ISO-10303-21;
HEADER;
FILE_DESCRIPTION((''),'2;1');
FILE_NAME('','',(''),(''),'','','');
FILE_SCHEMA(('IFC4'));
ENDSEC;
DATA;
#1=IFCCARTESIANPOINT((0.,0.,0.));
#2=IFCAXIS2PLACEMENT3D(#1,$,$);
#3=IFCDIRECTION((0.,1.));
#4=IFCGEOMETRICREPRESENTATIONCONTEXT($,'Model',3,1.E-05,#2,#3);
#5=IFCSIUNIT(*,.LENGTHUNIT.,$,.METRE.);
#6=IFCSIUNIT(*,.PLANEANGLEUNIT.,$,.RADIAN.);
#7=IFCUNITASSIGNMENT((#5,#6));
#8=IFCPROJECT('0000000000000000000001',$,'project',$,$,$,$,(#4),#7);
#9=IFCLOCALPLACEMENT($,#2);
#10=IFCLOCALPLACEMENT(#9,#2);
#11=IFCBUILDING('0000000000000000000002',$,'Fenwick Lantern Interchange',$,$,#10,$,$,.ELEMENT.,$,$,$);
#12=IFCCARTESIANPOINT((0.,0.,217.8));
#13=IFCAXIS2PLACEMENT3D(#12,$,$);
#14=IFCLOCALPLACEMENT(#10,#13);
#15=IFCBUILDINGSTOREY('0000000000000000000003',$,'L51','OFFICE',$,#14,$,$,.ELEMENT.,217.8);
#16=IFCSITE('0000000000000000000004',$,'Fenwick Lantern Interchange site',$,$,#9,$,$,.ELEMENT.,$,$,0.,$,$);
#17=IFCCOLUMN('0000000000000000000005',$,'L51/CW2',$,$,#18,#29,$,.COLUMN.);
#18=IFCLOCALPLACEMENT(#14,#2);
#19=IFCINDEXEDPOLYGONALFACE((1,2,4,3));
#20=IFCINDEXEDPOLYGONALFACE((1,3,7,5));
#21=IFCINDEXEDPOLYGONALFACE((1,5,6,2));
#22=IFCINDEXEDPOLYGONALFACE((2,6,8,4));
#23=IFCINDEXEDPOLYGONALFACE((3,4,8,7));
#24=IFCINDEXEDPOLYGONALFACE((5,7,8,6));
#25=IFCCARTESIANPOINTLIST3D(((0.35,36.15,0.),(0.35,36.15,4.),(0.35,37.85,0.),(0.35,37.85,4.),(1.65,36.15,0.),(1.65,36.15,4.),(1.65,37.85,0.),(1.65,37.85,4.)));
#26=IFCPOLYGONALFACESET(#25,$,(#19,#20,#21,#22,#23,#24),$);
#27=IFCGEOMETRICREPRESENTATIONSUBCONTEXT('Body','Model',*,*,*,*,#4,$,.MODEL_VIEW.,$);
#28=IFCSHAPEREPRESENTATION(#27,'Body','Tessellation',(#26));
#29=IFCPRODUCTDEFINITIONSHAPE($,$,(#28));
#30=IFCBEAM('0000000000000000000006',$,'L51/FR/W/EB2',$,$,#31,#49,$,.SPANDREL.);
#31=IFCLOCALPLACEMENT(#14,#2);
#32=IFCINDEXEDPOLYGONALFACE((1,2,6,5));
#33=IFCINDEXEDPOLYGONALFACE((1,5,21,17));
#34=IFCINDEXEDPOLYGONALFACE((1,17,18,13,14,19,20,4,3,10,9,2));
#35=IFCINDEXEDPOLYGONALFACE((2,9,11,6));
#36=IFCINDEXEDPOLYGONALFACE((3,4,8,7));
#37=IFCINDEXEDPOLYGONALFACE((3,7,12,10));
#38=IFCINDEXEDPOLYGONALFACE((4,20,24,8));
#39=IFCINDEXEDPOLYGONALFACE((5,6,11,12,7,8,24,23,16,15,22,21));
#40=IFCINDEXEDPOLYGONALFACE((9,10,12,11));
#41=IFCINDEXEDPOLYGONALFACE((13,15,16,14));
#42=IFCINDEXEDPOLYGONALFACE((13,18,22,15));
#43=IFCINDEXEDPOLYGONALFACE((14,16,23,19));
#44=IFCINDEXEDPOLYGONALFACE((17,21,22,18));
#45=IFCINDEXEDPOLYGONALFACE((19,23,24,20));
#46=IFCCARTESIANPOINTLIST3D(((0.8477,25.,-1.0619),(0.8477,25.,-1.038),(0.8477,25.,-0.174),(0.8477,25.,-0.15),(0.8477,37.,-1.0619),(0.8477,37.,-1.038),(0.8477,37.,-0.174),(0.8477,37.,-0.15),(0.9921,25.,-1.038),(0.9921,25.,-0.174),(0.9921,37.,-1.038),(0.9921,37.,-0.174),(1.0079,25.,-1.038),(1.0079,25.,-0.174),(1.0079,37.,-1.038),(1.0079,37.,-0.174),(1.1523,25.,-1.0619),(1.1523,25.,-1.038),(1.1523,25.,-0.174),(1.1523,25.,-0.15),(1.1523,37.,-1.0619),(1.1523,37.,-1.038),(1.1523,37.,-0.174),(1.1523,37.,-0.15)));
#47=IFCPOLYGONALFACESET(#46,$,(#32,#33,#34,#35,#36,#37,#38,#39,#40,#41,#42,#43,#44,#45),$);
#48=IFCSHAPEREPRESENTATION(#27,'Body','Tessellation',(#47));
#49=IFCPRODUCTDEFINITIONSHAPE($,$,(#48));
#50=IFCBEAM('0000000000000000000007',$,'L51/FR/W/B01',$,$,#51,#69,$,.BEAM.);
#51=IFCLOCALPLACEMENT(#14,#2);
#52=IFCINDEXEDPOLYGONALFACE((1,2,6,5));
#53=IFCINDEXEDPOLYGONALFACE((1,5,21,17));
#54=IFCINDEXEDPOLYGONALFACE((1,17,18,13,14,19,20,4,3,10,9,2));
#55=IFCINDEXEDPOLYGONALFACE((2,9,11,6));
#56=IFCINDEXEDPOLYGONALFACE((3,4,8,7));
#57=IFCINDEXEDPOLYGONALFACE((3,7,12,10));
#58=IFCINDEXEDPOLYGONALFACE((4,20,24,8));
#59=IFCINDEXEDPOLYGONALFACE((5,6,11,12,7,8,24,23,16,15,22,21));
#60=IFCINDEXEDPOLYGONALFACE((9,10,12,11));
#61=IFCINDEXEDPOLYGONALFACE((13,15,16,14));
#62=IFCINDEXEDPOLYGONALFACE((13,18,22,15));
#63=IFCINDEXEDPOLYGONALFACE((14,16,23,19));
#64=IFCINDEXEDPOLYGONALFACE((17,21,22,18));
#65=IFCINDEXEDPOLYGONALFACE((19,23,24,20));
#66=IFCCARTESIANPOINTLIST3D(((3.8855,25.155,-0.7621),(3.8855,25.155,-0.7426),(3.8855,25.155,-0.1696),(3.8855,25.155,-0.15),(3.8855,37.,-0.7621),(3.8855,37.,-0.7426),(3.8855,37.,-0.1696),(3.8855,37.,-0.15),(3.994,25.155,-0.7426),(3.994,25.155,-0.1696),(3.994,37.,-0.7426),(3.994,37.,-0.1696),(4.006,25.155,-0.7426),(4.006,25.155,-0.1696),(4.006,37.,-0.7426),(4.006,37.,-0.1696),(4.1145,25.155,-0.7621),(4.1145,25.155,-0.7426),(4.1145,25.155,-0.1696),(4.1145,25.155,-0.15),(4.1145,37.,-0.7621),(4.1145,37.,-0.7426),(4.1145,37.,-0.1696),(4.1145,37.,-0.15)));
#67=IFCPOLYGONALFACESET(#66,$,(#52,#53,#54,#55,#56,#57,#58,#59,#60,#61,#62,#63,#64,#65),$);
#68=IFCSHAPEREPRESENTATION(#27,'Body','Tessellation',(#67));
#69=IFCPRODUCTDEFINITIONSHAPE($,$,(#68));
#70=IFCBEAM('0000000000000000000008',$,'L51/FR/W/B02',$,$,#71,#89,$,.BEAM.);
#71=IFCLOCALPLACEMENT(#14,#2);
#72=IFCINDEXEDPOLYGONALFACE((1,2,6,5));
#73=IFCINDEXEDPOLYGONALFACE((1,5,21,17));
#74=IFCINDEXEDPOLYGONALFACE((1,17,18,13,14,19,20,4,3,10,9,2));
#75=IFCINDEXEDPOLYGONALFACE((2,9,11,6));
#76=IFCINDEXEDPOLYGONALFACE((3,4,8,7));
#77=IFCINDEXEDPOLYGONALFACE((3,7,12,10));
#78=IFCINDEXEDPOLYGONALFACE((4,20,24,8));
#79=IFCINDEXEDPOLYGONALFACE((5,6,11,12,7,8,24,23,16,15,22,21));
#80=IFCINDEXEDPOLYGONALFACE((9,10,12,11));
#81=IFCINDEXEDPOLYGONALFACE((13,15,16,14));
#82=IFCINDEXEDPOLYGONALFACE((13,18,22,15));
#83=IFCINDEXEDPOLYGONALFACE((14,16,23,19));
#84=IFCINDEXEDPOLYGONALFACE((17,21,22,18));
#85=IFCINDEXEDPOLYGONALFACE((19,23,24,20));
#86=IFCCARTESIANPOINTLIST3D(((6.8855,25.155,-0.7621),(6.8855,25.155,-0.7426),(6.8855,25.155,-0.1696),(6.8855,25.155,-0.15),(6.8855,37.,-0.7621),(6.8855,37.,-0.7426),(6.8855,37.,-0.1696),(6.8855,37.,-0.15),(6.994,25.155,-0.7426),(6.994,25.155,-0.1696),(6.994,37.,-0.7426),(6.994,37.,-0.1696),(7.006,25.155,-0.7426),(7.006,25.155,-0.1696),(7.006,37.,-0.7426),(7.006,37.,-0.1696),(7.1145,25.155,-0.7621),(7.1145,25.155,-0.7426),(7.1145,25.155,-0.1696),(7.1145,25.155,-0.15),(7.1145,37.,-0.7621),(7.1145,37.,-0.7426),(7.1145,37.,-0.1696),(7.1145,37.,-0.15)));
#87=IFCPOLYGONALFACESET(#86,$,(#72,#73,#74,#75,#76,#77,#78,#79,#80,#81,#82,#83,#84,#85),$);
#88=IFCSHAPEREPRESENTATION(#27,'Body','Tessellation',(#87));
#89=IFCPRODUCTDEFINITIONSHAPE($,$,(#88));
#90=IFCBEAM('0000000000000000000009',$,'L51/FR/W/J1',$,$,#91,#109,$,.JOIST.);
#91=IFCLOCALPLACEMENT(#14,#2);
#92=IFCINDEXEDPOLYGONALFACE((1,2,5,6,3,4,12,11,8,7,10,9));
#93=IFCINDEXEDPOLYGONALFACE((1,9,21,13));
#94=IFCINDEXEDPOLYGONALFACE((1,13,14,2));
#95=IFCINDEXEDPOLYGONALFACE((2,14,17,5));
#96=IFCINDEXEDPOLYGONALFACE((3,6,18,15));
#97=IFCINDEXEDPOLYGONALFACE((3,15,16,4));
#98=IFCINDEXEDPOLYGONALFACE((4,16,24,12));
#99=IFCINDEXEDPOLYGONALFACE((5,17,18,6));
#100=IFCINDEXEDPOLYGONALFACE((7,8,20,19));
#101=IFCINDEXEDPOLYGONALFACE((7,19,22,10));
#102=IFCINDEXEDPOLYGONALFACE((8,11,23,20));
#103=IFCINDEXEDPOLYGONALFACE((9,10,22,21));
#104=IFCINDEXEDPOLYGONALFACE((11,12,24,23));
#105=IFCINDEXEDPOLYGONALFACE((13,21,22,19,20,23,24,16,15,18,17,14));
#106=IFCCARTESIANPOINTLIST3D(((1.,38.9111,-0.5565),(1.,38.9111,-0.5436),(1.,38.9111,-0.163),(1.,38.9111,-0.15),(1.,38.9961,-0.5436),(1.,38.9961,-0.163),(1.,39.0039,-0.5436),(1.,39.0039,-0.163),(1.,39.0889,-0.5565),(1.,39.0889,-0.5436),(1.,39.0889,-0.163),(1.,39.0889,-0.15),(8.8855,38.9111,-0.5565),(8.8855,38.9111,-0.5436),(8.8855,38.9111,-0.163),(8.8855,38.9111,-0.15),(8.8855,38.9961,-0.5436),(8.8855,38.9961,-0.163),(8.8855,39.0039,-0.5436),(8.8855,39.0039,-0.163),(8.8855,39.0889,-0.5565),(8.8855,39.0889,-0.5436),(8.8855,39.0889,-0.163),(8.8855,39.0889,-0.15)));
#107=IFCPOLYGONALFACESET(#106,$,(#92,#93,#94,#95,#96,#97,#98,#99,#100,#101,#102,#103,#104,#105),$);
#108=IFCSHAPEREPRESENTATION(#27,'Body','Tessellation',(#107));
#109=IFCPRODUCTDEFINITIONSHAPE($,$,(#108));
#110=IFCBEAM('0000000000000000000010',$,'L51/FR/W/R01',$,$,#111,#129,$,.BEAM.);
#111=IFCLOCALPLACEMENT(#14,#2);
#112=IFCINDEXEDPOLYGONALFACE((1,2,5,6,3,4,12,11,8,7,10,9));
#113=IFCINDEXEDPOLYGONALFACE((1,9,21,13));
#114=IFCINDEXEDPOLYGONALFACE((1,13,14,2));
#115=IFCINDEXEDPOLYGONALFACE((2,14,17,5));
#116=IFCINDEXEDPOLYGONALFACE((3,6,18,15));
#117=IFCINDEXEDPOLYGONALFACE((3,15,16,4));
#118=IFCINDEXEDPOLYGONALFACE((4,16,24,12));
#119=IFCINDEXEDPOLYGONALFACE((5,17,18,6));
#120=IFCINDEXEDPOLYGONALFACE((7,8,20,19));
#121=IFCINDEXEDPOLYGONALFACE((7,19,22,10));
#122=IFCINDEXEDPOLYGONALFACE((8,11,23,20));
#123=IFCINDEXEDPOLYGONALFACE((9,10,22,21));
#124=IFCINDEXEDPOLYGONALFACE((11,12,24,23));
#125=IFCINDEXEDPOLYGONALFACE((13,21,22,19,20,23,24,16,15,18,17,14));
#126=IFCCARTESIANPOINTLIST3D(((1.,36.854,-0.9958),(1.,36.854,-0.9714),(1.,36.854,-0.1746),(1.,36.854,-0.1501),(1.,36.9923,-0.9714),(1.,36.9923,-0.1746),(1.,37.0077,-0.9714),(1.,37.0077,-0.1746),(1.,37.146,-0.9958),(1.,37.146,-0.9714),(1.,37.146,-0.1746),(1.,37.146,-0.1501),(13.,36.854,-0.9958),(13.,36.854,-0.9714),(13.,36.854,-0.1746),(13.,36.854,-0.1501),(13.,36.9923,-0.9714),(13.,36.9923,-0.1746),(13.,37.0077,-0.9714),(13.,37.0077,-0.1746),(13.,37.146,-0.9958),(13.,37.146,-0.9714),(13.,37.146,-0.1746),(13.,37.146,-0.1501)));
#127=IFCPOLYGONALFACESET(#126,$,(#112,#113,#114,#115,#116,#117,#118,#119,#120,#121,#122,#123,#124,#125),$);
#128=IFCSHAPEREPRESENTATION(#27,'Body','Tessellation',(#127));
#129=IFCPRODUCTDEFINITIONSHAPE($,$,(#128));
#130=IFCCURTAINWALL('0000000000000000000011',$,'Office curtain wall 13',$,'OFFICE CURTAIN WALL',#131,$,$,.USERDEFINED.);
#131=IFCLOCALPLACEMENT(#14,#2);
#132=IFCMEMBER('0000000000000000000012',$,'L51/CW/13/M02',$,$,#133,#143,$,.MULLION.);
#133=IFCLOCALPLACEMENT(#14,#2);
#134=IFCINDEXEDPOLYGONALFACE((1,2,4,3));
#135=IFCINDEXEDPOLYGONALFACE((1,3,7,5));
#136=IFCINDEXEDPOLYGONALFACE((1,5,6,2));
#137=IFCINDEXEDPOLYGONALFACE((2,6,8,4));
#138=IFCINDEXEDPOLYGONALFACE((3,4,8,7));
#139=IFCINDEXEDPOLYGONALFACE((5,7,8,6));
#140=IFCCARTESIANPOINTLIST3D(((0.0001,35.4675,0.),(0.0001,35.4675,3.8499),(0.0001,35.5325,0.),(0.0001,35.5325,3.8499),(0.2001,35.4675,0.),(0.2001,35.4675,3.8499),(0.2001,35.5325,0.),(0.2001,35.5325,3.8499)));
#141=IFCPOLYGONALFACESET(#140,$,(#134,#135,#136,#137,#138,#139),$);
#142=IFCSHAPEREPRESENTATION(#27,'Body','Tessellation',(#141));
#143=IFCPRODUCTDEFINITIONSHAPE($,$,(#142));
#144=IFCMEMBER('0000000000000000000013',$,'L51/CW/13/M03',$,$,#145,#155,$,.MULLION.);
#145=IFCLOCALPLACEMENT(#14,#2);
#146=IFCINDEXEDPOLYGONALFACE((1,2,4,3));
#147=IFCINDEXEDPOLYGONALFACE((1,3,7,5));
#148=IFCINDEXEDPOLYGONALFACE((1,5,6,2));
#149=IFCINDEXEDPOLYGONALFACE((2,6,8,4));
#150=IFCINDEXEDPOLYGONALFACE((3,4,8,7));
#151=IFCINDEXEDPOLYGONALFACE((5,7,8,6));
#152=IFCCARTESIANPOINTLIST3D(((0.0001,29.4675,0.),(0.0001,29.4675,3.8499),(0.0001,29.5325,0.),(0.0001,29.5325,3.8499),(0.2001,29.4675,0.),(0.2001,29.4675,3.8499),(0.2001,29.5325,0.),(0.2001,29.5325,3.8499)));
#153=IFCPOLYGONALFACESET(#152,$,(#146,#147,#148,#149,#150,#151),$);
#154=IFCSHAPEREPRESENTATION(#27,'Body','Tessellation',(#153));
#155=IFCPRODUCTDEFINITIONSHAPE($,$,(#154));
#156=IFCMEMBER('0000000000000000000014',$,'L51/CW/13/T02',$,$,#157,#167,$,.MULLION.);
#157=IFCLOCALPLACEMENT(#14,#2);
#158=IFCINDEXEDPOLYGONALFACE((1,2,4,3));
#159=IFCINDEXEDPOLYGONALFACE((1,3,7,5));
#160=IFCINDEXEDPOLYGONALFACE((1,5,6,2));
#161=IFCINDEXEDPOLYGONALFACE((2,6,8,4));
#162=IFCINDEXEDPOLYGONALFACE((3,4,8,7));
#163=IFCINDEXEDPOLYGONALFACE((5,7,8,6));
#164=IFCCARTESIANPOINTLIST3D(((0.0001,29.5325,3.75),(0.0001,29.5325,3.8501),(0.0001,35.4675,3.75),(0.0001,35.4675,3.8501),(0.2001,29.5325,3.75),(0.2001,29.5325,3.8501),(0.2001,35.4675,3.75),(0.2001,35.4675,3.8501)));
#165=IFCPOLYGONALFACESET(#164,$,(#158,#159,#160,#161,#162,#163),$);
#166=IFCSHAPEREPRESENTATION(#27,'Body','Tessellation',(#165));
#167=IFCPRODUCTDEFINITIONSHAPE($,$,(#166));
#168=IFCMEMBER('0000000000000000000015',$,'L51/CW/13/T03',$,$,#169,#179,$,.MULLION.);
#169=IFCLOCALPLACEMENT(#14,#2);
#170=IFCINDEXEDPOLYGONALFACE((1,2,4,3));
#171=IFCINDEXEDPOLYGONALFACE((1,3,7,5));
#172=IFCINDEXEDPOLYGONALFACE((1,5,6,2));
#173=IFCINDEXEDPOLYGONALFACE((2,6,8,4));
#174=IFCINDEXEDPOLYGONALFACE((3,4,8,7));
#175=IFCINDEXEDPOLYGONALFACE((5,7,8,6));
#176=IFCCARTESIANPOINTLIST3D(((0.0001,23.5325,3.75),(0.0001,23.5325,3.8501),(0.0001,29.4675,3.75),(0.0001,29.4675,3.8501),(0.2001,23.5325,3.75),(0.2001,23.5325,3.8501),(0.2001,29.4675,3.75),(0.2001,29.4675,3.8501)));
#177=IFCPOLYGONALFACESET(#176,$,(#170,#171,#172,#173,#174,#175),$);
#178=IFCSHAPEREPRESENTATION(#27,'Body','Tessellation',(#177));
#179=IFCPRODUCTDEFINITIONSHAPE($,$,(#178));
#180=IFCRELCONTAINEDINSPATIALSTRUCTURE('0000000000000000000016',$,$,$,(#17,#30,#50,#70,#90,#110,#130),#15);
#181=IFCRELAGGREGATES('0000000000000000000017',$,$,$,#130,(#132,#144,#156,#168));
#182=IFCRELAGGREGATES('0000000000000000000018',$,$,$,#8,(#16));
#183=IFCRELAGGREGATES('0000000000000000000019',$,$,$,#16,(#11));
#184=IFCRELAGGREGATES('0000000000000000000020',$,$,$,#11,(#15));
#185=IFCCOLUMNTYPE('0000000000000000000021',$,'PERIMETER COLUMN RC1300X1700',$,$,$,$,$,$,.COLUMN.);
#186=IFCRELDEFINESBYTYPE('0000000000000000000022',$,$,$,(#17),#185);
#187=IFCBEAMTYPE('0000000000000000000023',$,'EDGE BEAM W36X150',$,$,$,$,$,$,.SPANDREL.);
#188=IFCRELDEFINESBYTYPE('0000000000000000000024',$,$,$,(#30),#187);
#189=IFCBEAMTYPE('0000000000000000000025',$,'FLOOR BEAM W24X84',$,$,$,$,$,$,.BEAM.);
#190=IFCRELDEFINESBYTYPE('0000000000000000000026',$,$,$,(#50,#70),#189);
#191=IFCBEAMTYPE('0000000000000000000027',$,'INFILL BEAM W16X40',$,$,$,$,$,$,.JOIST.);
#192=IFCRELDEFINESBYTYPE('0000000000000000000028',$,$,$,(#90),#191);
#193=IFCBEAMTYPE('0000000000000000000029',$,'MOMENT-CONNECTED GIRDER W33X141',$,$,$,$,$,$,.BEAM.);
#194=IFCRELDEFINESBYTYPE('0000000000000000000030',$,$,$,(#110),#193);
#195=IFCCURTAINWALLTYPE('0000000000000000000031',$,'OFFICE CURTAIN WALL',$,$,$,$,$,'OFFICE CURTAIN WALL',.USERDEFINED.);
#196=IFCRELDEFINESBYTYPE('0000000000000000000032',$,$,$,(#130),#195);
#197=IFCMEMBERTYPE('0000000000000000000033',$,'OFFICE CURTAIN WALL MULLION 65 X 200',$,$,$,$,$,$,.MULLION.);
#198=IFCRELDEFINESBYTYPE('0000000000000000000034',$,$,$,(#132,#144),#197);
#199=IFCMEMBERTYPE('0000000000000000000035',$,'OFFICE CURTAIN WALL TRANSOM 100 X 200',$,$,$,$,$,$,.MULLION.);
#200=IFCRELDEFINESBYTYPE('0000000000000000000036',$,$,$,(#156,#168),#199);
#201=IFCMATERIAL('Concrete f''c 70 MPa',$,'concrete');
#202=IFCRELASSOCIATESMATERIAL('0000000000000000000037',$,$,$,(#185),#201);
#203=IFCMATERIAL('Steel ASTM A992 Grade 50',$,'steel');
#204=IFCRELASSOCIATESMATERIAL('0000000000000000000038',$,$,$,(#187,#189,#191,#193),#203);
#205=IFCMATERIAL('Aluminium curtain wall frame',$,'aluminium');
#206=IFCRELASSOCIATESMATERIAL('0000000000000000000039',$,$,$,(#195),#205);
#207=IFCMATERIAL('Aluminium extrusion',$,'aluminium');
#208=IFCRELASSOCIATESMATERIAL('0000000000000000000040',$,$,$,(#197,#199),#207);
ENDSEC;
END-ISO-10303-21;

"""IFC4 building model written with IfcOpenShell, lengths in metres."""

from ifc_helpers import new_model, si_unit, direction, frame, origin, origin_2d, place, context, subcontext, project, spatial, rectangle, i_section, extrude, material, material_profile, profile_set, type_object, element, aggregate, save


model = new_model("IFC4")

# Units and contexts
model_context = context("Model", 3, precision=1e-05, world=origin(), true_north=direction((0.0, 1.0)))
body_context = subcontext(model_context, "Body", "Model", "MODEL_VIEW")
ifc_project = project(units=[si_unit("LENGTHUNIT", "METRE"), si_unit("PLANEANGLEUNIT", "RADIAN")], contexts=[model_context])

# Site, building, storey
site_placement = place(None, origin())
site = spatial("IfcSite", under=ifc_project, at=site_placement, Name="Fenwick Lantern Interchange site", CompositionType="ELEMENT", RefElevation=0.0)
building_placement = place(site_placement, origin())
building = spatial("IfcBuilding", under=site, at=building_placement, Name="Fenwick Lantern Interchange", CompositionType="ELEMENT")
storey_placement = place(building_placement, frame((0.0, 0.0, 217.8)))
storey = spatial("IfcBuildingStorey", under=building, at=storey_placement, Name="L51", Description="OFFICE", CompositionType="ELEMENT", Elevation=217.8)

# Column
ifc_material_1 = material(Name="Concrete f'c 70 MPa", Category="concrete")
ifc_material_profile_1 = material_profile(ifc_material_1, rectangle(XDim=1.3, YDim=1.7, at=origin_2d()), Name="RC1300X1700")
ifc_profile_set_1 = profile_set([ifc_material_profile_1], Name="Concrete f'c 70 MPa")
column_type = type_object("IfcColumnType", Name="PERIMETER COLUMN RC1300X1700", PredefinedType="COLUMN", material=ifc_profile_set_1)
column_placement = place(storey_placement, frame((1.0, 37.0, 0.0), z_axis=(0.0, 0.0, 1.0), x_axis=(1.0, 0.0, 0.0)))
element("IfcColumn", 1, at=column_placement, inside=storey, type_object=column_type, Name="L51/CW2", PredefinedType="COLUMN", context=body_context, shape_type="SweptSolid", body=[
    extrude(rectangle(XDim=1.3, YDim=1.7, at=origin_2d()), origin(), (0.0, 0.0, 1.0), 4.0),
])

# Beams
ifc_material_2 = material(Name="Steel ASTM A992 Grade 50", Category="steel")
ifc_material_profile_2 = material_profile(ifc_material_2, i_section(OverallWidth=0.3047, OverallDepth=0.9119, WebThickness=0.0159, FlangeThickness=0.0239, at=origin_2d()), Name="W36X150")
ifc_profile_set_2 = profile_set([ifc_material_profile_2], Name="Steel ASTM A992 Grade 50")
beam_type_1 = type_object("IfcBeamType", Name="EDGE BEAM W36X150", PredefinedType="SPANDREL", material=ifc_profile_set_2)
beam_1_placement = place(storey_placement, frame((1.0, 37.0, -0.606), z_axis=(0.0, -1.0, 0.0), x_axis=(1.0, 0.0, 0.0)))
element("IfcBeam", 2, at=beam_1_placement, inside=storey, type_object=beam_type_1, Name="L51/FR/W/EB2", PredefinedType="SPANDREL", context=body_context, shape_type="SweptSolid", body=[
    extrude(i_section(OverallWidth=0.3047, OverallDepth=0.9119, WebThickness=0.0159, FlangeThickness=0.0239, at=origin_2d()), origin(), (0.0, 0.0, 1.0), 12.0),
])
ifc_material_profile_3 = material_profile(ifc_material_2, i_section(OverallWidth=0.229, OverallDepth=0.6121, WebThickness=0.012, FlangeThickness=0.0195, at=origin_2d()), Name="W24X84")
ifc_profile_set_3 = profile_set([ifc_material_profile_3], Name="Steel ASTM A992 Grade 50")
beam_type_2 = type_object("IfcBeamType", Name="FLOOR BEAM W24X84", PredefinedType="BEAM", material=ifc_profile_set_3)
for number, where, z_axis, x_axis, name in (
    (3, (4.0, 37.0, -0.4561), (0.0, -1.0, 0.0), (1.0, 0.0, 0.0), "L51/FR/W/B01"),
    (4, (7.0, 37.0, -0.4561), (0.0, -1.0, 0.0), (1.0, 0.0, 0.0), "L51/FR/W/B02"),
):
    element("IfcBeam", number, at=place(storey_placement, frame(where, z_axis=z_axis, x_axis=x_axis)), inside=storey, type_object=beam_type_2, Name=name, PredefinedType="BEAM", context=body_context, shape_type="SweptSolid", body=[
        extrude(i_section(OverallWidth=0.229, OverallDepth=0.6121, WebThickness=0.012, FlangeThickness=0.0195, at=origin_2d()), origin(), (0.0, 0.0, 1.0), 11.845),
    ])
ifc_material_profile_4 = material_profile(ifc_material_2, i_section(OverallWidth=0.1777, OverallDepth=0.4065, WebThickness=0.0078, FlangeThickness=0.0129, at=origin_2d()), Name="W16X40")
ifc_profile_set_4 = profile_set([ifc_material_profile_4], Name="Steel ASTM A992 Grade 50")
beam_type_3 = type_object("IfcBeamType", Name="INFILL BEAM W16X40", PredefinedType="JOIST", material=ifc_profile_set_4)
beam_2_placement = place(storey_placement, frame((1.0, 39.0, -0.3533), z_axis=(1.0, 0.0, 0.0), x_axis=(0.0, 1.0, 0.0)))
element("IfcBeam", 5, at=beam_2_placement, inside=storey, type_object=beam_type_3, Name="L51/FR/W/J1", PredefinedType="JOIST", context=body_context, shape_type="SweptSolid", body=[
    extrude(i_section(OverallWidth=0.1777, OverallDepth=0.4065, WebThickness=0.0078, FlangeThickness=0.0129, at=origin_2d()), origin(), (0.0, 0.0, 1.0), 7.8855),
])
ifc_material_profile_5 = material_profile(ifc_material_2, i_section(OverallWidth=0.292, OverallDepth=0.8457, WebThickness=0.0154, FlangeThickness=0.0244, at=origin_2d()), Name="W33X141")
ifc_profile_set_5 = profile_set([ifc_material_profile_5], Name="Steel ASTM A992 Grade 50")
beam_type_4 = type_object("IfcBeamType", Name="MOMENT-CONNECTED GIRDER W33X141", PredefinedType="BEAM", material=ifc_profile_set_5)
beam_3_placement = place(storey_placement, frame((1.0, 37.0, -0.573), z_axis=(1.0, 0.0, 0.0), x_axis=(0.0, 1.0, 0.0)))
element("IfcBeam", 6, at=beam_3_placement, inside=storey, type_object=beam_type_4, Name="L51/FR/W/R01", PredefinedType="BEAM", context=body_context, shape_type="SweptSolid", body=[
    extrude(i_section(OverallWidth=0.292, OverallDepth=0.8457, WebThickness=0.0154, FlangeThickness=0.0244, at=origin_2d()), origin(), (0.0, 0.0, 1.0), 12.0),
])

# Curtain wall, members
ifc_material_3 = material(Name="Aluminium curtain wall frame", Category="aluminium")
curtain_wall_type = type_object("IfcCurtainWallType", Name="OFFICE CURTAIN WALL", ElementType="OFFICE CURTAIN WALL", PredefinedType="USERDEFINED", material=ifc_material_3)
curtain_wall_placement = place(storey_placement, origin())
curtain_wall = element("IfcCurtainWall", 7, at=curtain_wall_placement, inside=storey, type_object=curtain_wall_type, Name="Office curtain wall 13", ObjectType="OFFICE CURTAIN WALL", PredefinedType="USERDEFINED")
ifc_material_4 = material(Name="Aluminium extrusion", Category="aluminium")
ifc_material_profile_6 = material_profile(ifc_material_4, rectangle(XDim=0.2, YDim=0.0649, at=origin_2d()), Name="OFFICE CURTAIN WALL MULLION 65 X 200")
ifc_profile_set_6 = profile_set([ifc_material_profile_6], Name="Aluminium extrusion")
member_type_1 = type_object("IfcMemberType", Name="OFFICE CURTAIN WALL MULLION 65 X 200", PredefinedType="MULLION", material=ifc_profile_set_6)
member_1_placement = place(storey_placement, frame((0.1001, 35.5, 0.0), z_axis=(0.0, 0.0, 1.0), x_axis=(1.0, 0.0, 0.0)))
member_1 = element("IfcMember", 8, at=member_1_placement, type_object=member_type_1, Name="L51/CW/13/M02", PredefinedType="MULLION", context=body_context, shape_type="SweptSolid", body=[
    extrude(rectangle(XDim=0.2, YDim=0.0649, at=origin_2d()), origin(), (0.0, 0.0, 1.0), 3.8499),
])
member_2_placement = place(storey_placement, frame((0.1001, 29.5, 0.0), z_axis=(0.0, 0.0, 1.0), x_axis=(1.0, 0.0, 0.0)))
member_2 = element("IfcMember", 9, at=member_2_placement, type_object=member_type_1, Name="L51/CW/13/M03", PredefinedType="MULLION", context=body_context, shape_type="SweptSolid", body=[
    extrude(rectangle(XDim=0.2, YDim=0.0649, at=origin_2d()), origin(), (0.0, 0.0, 1.0), 3.8499),
])
ifc_material_profile_7 = material_profile(ifc_material_4, rectangle(XDim=0.2, YDim=0.1001, at=origin_2d()), Name="OFFICE CURTAIN WALL TRANSOM 100 X 200")
ifc_profile_set_7 = profile_set([ifc_material_profile_7], Name="Aluminium extrusion")
member_type_2 = type_object("IfcMemberType", Name="OFFICE CURTAIN WALL TRANSOM 100 X 200", PredefinedType="MULLION", material=ifc_profile_set_7)
member_3_placement = place(storey_placement, frame((0.1001, 35.4675, 3.8), z_axis=(0.0, -1.0, 0.0), x_axis=(1.0, 0.0, 0.0)))
member_3 = element("IfcMember", 10, at=member_3_placement, type_object=member_type_2, Name="L51/CW/13/T02", PredefinedType="MULLION", context=body_context, shape_type="SweptSolid", body=[
    extrude(rectangle(XDim=0.2, YDim=0.1001, at=origin_2d()), origin(), (0.0, 0.0, 1.0), 5.9351),
])
member_4_placement = place(storey_placement, frame((0.1001, 29.4675, 3.8), z_axis=(0.0, -1.0, 0.0), x_axis=(1.0, 0.0, 0.0)))
member_4 = element("IfcMember", 11, at=member_4_placement, type_object=member_type_2, Name="L51/CW/13/T03", PredefinedType="MULLION", context=body_context, shape_type="SweptSolid", body=[
    extrude(rectangle(XDim=0.2, YDim=0.1001, at=origin_2d()), origin(), (0.0, 0.0, 1.0), 5.9351),
])
aggregate(curtain_wall, [member_1, member_2, member_3, member_4])

save(model, "model.ifc")
